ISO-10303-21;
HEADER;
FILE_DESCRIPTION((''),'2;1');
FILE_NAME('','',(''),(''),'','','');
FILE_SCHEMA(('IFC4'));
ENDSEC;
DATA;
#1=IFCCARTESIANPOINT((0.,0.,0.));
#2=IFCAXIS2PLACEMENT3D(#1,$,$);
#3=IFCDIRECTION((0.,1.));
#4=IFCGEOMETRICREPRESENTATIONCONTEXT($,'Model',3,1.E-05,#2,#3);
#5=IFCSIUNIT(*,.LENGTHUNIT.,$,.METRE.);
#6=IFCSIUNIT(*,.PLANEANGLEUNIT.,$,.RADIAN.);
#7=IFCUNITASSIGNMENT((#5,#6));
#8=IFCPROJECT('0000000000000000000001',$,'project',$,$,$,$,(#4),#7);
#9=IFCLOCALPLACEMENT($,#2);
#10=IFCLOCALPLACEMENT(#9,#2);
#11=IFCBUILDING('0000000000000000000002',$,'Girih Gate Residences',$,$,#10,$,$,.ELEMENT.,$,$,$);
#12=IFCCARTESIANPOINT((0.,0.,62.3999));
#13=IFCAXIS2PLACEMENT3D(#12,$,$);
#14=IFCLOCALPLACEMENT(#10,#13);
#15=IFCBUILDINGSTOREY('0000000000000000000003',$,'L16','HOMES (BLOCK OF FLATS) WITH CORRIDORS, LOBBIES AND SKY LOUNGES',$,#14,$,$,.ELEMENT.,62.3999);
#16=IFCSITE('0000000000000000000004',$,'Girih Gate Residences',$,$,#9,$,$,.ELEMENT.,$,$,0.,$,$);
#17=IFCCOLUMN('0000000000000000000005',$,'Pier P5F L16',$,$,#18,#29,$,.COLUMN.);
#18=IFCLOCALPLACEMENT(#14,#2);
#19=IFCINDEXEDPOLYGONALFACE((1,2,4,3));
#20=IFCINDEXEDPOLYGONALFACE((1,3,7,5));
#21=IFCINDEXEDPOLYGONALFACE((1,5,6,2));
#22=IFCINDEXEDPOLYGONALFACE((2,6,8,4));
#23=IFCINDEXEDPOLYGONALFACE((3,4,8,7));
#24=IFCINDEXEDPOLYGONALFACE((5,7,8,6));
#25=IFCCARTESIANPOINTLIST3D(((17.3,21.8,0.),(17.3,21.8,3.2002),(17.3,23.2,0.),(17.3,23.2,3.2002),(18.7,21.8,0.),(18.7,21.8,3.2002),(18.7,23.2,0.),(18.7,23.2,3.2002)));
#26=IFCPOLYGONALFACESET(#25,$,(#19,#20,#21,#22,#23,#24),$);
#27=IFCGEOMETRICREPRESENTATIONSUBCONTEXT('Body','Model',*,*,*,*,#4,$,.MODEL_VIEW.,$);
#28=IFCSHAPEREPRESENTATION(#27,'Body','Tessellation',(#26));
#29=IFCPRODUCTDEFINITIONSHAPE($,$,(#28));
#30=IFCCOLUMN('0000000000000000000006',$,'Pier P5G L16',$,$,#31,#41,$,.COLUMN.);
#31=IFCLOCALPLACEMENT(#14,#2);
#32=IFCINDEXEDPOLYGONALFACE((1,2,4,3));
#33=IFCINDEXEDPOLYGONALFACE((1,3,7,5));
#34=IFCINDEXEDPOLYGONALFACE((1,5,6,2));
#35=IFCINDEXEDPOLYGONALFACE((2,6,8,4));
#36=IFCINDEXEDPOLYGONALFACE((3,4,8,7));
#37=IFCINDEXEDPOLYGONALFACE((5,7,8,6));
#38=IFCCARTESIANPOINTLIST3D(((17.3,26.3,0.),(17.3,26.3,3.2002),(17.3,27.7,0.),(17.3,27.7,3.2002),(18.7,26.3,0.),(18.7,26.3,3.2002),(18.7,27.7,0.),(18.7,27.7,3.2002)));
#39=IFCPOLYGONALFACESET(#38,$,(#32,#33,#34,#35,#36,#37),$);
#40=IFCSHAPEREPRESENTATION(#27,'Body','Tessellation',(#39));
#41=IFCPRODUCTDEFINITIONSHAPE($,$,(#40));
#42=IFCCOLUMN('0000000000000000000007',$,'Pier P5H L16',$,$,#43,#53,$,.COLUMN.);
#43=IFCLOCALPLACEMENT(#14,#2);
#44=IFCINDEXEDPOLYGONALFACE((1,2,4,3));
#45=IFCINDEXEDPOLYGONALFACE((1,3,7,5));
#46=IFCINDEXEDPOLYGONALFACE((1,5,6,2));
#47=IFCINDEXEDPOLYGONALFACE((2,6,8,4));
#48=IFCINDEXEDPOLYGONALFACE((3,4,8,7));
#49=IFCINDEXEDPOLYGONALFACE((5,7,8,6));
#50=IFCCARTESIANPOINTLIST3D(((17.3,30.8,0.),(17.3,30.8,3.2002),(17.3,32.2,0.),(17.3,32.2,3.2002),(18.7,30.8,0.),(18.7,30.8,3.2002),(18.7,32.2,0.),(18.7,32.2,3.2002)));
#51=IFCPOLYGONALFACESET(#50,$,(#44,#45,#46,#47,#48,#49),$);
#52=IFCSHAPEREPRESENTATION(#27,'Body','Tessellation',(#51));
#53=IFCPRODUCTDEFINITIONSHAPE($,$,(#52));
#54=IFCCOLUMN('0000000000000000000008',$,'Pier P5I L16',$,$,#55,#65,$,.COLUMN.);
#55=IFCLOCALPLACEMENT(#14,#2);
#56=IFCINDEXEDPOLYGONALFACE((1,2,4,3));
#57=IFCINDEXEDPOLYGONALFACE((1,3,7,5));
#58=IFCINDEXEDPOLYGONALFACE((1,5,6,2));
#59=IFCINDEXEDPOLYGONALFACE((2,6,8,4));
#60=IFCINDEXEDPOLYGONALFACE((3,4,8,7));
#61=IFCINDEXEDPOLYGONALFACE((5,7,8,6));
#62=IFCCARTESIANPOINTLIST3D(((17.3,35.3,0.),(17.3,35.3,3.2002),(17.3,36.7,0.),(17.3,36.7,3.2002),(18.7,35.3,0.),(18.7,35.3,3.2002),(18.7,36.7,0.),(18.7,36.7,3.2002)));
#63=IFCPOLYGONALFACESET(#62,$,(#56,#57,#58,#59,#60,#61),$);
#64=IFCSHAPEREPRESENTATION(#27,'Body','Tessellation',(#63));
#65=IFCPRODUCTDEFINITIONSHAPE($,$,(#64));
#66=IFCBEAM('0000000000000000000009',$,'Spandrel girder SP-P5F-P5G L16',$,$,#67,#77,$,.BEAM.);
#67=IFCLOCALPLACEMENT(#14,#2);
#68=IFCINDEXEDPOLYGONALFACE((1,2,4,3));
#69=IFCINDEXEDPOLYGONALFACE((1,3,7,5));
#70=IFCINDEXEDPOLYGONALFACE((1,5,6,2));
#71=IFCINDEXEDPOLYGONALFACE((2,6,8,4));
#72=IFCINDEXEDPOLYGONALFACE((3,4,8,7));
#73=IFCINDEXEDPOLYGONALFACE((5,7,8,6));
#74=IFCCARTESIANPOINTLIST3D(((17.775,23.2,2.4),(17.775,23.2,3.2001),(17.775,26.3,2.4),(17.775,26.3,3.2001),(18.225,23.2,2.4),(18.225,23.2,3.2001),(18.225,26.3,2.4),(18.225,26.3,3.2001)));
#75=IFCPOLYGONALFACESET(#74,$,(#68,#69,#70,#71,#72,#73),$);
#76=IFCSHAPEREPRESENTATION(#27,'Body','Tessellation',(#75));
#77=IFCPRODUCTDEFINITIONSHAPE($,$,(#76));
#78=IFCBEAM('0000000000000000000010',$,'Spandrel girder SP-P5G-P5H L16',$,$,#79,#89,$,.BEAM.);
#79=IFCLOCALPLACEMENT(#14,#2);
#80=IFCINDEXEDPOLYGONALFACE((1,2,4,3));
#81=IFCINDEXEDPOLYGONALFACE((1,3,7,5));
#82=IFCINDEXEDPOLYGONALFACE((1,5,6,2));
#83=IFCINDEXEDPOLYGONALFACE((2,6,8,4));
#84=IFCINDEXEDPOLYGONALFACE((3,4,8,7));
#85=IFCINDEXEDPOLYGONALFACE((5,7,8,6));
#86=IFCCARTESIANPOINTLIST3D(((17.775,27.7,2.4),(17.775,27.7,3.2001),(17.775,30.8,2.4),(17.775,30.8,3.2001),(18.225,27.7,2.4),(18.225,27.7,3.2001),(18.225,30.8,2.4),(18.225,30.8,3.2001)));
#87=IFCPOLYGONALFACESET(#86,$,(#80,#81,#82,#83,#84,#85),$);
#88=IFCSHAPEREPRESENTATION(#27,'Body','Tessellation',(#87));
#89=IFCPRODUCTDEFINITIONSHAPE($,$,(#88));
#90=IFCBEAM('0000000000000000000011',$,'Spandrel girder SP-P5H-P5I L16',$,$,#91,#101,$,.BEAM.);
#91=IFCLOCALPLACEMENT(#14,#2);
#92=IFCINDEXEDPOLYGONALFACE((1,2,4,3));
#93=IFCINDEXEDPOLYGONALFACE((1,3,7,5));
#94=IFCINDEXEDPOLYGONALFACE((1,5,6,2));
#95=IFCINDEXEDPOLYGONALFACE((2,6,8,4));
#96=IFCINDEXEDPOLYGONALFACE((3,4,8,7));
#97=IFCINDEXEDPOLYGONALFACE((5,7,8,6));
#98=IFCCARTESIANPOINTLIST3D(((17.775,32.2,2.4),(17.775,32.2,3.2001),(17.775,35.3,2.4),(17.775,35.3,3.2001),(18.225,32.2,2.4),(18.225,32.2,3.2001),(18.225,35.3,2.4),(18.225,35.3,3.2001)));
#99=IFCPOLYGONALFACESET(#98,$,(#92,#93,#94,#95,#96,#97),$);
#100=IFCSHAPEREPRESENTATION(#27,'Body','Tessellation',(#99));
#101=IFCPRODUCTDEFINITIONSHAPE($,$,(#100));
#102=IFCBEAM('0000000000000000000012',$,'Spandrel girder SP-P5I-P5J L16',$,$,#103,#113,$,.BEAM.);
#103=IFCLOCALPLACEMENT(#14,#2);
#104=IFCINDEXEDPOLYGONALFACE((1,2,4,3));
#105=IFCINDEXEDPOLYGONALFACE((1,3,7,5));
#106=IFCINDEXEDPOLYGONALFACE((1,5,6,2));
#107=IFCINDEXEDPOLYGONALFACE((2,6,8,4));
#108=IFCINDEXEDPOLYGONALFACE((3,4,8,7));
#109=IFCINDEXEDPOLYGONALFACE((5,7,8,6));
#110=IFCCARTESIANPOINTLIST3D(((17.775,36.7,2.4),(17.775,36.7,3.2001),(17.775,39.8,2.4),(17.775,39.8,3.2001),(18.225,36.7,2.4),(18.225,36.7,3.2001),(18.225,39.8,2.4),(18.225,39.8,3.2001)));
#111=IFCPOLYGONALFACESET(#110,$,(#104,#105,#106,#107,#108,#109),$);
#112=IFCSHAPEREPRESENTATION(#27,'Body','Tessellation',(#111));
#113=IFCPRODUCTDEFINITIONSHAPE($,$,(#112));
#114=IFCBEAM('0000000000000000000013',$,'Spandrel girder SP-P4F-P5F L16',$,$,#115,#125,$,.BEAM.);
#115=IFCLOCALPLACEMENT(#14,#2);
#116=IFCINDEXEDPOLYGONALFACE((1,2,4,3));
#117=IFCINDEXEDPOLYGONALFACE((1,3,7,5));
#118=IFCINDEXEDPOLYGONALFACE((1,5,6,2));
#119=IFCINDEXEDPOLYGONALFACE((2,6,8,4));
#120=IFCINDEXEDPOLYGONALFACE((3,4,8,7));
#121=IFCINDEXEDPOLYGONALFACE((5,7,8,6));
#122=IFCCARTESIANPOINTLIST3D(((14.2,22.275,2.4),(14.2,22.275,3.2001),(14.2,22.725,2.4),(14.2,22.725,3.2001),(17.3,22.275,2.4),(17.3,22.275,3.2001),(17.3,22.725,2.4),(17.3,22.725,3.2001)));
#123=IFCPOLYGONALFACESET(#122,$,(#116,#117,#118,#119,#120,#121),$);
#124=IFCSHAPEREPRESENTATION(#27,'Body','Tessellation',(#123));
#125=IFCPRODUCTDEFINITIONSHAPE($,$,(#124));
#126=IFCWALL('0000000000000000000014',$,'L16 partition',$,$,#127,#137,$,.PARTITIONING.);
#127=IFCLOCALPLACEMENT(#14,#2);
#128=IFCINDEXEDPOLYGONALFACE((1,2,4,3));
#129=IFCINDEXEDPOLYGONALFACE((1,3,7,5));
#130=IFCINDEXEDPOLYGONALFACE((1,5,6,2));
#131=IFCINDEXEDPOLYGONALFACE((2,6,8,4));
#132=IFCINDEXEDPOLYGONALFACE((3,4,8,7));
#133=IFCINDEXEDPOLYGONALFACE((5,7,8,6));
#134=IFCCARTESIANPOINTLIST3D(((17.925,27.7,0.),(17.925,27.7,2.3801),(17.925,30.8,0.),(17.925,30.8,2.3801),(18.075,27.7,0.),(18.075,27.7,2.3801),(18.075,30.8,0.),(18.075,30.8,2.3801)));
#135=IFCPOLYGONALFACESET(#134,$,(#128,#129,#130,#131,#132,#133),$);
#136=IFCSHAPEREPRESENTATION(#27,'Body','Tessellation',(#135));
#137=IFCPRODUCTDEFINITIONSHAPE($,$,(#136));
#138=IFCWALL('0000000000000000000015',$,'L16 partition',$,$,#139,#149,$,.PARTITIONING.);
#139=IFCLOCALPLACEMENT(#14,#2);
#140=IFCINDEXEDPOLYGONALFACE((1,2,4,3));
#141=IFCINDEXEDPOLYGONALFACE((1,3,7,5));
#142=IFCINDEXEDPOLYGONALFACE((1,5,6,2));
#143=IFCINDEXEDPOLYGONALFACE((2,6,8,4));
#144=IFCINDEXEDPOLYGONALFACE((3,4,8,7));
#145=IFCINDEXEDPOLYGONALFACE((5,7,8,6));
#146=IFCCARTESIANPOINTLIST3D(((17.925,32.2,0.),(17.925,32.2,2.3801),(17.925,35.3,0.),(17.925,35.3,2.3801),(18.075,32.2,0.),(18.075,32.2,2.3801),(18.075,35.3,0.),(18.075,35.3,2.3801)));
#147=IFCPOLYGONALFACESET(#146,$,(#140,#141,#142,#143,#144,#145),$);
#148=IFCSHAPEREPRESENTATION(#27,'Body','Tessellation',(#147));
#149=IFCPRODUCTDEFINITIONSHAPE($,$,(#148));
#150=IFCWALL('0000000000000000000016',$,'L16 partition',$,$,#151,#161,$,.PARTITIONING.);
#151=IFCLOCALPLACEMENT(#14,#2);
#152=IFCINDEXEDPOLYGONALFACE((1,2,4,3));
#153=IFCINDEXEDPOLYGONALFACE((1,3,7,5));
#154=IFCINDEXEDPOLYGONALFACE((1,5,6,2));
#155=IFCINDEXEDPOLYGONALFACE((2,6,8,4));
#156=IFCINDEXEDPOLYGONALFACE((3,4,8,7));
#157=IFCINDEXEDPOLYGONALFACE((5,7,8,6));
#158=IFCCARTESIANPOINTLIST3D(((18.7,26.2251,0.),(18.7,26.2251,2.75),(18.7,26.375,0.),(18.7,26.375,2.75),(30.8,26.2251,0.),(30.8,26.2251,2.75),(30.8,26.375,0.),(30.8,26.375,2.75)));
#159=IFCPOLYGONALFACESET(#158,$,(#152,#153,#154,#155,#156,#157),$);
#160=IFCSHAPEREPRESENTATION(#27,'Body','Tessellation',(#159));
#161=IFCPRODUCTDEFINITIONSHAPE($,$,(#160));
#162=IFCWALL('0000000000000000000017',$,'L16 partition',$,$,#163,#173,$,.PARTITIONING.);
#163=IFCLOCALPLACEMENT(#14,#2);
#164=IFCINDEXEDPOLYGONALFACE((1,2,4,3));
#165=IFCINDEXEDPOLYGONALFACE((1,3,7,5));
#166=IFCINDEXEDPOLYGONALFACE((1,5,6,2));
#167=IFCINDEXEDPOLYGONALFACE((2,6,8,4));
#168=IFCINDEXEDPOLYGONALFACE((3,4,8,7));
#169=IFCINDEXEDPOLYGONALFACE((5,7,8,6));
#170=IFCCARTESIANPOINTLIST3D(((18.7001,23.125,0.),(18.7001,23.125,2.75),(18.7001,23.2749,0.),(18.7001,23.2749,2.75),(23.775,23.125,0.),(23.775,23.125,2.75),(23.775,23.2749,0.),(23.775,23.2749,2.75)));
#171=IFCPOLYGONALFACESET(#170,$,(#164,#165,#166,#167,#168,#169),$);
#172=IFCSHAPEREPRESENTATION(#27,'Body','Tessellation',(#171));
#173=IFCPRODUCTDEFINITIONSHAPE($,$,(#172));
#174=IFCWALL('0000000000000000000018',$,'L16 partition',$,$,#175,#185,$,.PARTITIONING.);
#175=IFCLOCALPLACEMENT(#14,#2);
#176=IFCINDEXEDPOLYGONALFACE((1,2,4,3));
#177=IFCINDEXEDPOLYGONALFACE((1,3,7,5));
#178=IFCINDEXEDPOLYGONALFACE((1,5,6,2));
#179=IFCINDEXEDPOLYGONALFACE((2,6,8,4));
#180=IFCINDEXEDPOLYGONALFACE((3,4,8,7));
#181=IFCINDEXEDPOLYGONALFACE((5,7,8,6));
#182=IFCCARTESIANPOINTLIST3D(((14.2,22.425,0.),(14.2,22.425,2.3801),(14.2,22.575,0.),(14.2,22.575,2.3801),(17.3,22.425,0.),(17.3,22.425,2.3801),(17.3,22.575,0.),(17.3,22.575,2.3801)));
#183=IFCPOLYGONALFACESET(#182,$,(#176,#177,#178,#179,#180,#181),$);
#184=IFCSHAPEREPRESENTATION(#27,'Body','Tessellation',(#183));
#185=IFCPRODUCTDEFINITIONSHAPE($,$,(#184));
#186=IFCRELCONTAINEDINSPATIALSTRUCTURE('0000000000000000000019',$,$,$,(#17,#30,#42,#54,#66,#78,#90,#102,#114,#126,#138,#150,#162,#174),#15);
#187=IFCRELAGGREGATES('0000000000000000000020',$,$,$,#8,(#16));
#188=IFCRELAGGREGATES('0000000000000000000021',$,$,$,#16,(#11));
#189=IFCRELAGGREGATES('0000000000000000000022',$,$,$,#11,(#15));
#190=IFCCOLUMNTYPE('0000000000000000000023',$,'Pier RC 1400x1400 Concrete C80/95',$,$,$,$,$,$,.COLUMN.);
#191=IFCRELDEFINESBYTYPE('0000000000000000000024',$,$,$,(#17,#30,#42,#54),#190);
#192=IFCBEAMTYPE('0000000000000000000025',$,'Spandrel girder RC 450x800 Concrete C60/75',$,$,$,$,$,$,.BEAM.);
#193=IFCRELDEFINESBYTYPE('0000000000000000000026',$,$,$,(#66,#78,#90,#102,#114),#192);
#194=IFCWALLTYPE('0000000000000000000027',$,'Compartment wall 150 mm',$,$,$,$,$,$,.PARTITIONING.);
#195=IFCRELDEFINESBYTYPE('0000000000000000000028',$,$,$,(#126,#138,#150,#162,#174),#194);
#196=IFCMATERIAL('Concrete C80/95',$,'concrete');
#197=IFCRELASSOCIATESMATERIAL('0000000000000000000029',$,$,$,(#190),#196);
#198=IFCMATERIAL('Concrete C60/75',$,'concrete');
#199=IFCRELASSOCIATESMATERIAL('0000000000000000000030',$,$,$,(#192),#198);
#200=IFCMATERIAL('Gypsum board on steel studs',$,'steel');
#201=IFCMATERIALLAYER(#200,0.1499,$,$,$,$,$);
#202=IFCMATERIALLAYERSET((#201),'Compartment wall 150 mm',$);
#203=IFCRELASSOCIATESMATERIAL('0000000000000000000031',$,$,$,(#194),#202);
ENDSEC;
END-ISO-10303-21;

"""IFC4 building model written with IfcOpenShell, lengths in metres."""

from ifc_helpers import new_model, si_unit, direction, frame, frame_2d, origin, origin_2d, place, context, subcontext, project, spatial, rectangle, extrude, material, layer, layer_set, material_profile, profile_set, type_object, element, save


model = new_model("IFC4")

# Units and contexts
model_context = context("Model", 3, precision=1e-05, world=origin(), true_north=direction((0.0, 1.0)))
body_context = subcontext(model_context, "Body", "Model", "MODEL_VIEW")
ifc_project = project(units=[si_unit("LENGTHUNIT", "METRE"), si_unit("PLANEANGLEUNIT", "RADIAN")], contexts=[model_context])

# Site, building, storey
site_placement = place(None, origin())
site = spatial("IfcSite", under=ifc_project, at=site_placement, Name="Girih Gate Residences", CompositionType="ELEMENT", RefElevation=0.0)
building_placement = place(site_placement, origin())
building = spatial("IfcBuilding", under=site, at=building_placement, Name="Girih Gate Residences", CompositionType="ELEMENT")
storey_placement = place(building_placement, frame((0.0, 0.0, 62.3999)))
storey = spatial("IfcBuildingStorey", under=building, at=storey_placement, Name="L16", Description="HOMES (BLOCK OF FLATS) WITH CORRIDORS, LOBBIES AND SKY LOUNGES", CompositionType="ELEMENT", Elevation=62.3999)

# Columns
ifc_material_1 = material(Name="Concrete C80/95", Category="concrete")
ifc_material_profile_1 = material_profile(ifc_material_1, rectangle(XDim=1.3999, YDim=1.3999, at=origin_2d()))
ifc_profile_set_1 = profile_set([ifc_material_profile_1], Name="Concrete C80/95")
column_type = type_object("IfcColumnType", Name="Pier RC 1400x1400 Concrete C80/95", PredefinedType="COLUMN", material=ifc_profile_set_1)
for number, where, z_axis, x_axis, name in (
    (1, (18.0, 22.5, 0.0), (0.0, 0.0, 1.0), (1.0, 0.0, 0.0), "Pier P5F L16"),
    (2, (18.0, 27.0, 0.0), (0.0, 0.0, 1.0), (1.0, 0.0, 0.0), "Pier P5G L16"),
    (3, (18.0, 31.5, 0.0), (0.0, 0.0, 1.0), (1.0, 0.0, 0.0), "Pier P5H L16"),
    (4, (18.0, 36.0, 0.0), (0.0, 0.0, 1.0), (1.0, 0.0, 0.0), "Pier P5I L16"),
):
    element("IfcColumn", number, at=place(storey_placement, frame(where, z_axis=z_axis, x_axis=x_axis)), inside=storey, type_object=column_type, Name=name, PredefinedType="COLUMN", context=body_context, shape_type="SweptSolid", body=[
        extrude(rectangle(XDim=1.3999, YDim=1.3999, at=origin_2d()), origin(), (0.0, 0.0, 1.0), 3.2002),
    ])

# Beams
ifc_material_2 = material(Name="Concrete C60/75", Category="concrete")
ifc_material_profile_2 = material_profile(ifc_material_2, rectangle(XDim=0.45, YDim=0.8, at=origin_2d()))
ifc_profile_set_2 = profile_set([ifc_material_profile_2], Name="Concrete C60/75")
beam_type = type_object("IfcBeamType", Name="Spandrel girder RC 450x800 Concrete C60/75", PredefinedType="BEAM", material=ifc_profile_set_2)
for number, where, z_axis, x_axis, name in (
    (5, (18.0, 23.2, 2.8), (0.0, 1.0, 0.0), (-1.0, 0.0, 0.0), "Spandrel girder SP-P5F-P5G L16"),
    (6, (18.0, 27.7, 2.8), (0.0, 1.0, 0.0), (-1.0, 0.0, 0.0), "Spandrel girder SP-P5G-P5H L16"),
    (7, (18.0, 32.2, 2.8), (0.0, 1.0, 0.0), (-1.0, 0.0, 0.0), "Spandrel girder SP-P5H-P5I L16"),
    (8, (18.0, 36.7, 2.8), (0.0, 1.0, 0.0), (-1.0, 0.0, 0.0), "Spandrel girder SP-P5I-P5J L16"),
    (9, (14.2, 22.5, 2.8), (1.0, 0.0, 0.0), (0.0, 1.0, 0.0), "Spandrel girder SP-P4F-P5F L16"),
):
    element("IfcBeam", number, at=place(storey_placement, frame(where, z_axis=z_axis, x_axis=x_axis)), inside=storey, type_object=beam_type, Name=name, PredefinedType="BEAM", context=body_context, shape_type="SweptSolid", body=[
        extrude(rectangle(XDim=0.45, YDim=0.8, at=origin_2d()), origin(), (0.0, 0.0, 1.0), 3.1001),
    ])

# Walls
ifc_material_3 = material(Name="Gypsum board on steel studs", Category="steel")
ifc_layer_1 = layer(ifc_material_3, 0.1499)
ifc_layer_set_1 = layer_set([ifc_layer_1], Name="Compartment wall 150 mm")
wall_type_1 = type_object("IfcWallType", Name="Compartment wall 150 mm", PredefinedType="PARTITIONING", material=ifc_layer_set_1)
for number, where, z_axis, x_axis, name in (
    (10, (18.0, 27.7, 0.0), (0.0, 0.0, 1.0), (0.0, 1.0, 0.0), "L16 partition"),
    (11, (18.0, 32.2, 0.0), (0.0, 0.0, 1.0), (0.0, 1.0, 0.0), "L16 partition"),
):
    element("IfcWall", number, at=place(storey_placement, frame(where, z_axis=z_axis, x_axis=x_axis)), inside=storey, type_object=wall_type_1, Name=name, PredefinedType="PARTITIONING", context=body_context, shape_type="SweptSolid", body=[
        extrude(rectangle(XDim=3.1001, YDim=0.1499, at=frame_2d((1.55, 0.0))), origin(), (0.0, 0.0, 1.0), 2.3801),
    ])
wall_1_placement = place(storey_placement, frame((18.7, 26.3, 0.0), z_axis=(0.0, 0.0, 1.0), x_axis=(1.0, 0.0, 0.0)))
element("IfcWall", 12, at=wall_1_placement, inside=storey, type_object=wall_type_1, Name="L16 partition", PredefinedType="PARTITIONING", context=body_context, shape_type="SweptSolid", body=[
    extrude(rectangle(XDim=12.1001, YDim=0.1499, at=frame_2d((6.05, 0.0))), origin(), (0.0, 0.0, 1.0), 2.75),
])
wall_2_placement = place(storey_placement, frame((18.7, 23.2, 0.0), z_axis=(0.0, 0.0, 1.0), x_axis=(1.0, 0.0, 0.0)))
element("IfcWall", 13, at=wall_2_placement, inside=storey, type_object=wall_type_1, Name="L16 partition", PredefinedType="PARTITIONING", context=body_context, shape_type="SweptSolid", body=[
    extrude(rectangle(XDim=5.075, YDim=0.1499, at=frame_2d((2.5376, 0.0))), origin(), (0.0, 0.0, 1.0), 2.75),
])
wall_3_placement = place(storey_placement, frame((14.2, 22.5, 0.0), z_axis=(0.0, 0.0, 1.0), x_axis=(1.0, 0.0, 0.0)))
element("IfcWall", 14, at=wall_3_placement, inside=storey, type_object=wall_type_1, Name="L16 partition", PredefinedType="PARTITIONING", context=body_context, shape_type="SweptSolid", body=[
    extrude(rectangle(XDim=3.1001, YDim=0.1499, at=frame_2d((1.55, 0.0))), origin(), (0.0, 0.0, 1.0), 2.3801),
])

save(model, "model.ifc")
